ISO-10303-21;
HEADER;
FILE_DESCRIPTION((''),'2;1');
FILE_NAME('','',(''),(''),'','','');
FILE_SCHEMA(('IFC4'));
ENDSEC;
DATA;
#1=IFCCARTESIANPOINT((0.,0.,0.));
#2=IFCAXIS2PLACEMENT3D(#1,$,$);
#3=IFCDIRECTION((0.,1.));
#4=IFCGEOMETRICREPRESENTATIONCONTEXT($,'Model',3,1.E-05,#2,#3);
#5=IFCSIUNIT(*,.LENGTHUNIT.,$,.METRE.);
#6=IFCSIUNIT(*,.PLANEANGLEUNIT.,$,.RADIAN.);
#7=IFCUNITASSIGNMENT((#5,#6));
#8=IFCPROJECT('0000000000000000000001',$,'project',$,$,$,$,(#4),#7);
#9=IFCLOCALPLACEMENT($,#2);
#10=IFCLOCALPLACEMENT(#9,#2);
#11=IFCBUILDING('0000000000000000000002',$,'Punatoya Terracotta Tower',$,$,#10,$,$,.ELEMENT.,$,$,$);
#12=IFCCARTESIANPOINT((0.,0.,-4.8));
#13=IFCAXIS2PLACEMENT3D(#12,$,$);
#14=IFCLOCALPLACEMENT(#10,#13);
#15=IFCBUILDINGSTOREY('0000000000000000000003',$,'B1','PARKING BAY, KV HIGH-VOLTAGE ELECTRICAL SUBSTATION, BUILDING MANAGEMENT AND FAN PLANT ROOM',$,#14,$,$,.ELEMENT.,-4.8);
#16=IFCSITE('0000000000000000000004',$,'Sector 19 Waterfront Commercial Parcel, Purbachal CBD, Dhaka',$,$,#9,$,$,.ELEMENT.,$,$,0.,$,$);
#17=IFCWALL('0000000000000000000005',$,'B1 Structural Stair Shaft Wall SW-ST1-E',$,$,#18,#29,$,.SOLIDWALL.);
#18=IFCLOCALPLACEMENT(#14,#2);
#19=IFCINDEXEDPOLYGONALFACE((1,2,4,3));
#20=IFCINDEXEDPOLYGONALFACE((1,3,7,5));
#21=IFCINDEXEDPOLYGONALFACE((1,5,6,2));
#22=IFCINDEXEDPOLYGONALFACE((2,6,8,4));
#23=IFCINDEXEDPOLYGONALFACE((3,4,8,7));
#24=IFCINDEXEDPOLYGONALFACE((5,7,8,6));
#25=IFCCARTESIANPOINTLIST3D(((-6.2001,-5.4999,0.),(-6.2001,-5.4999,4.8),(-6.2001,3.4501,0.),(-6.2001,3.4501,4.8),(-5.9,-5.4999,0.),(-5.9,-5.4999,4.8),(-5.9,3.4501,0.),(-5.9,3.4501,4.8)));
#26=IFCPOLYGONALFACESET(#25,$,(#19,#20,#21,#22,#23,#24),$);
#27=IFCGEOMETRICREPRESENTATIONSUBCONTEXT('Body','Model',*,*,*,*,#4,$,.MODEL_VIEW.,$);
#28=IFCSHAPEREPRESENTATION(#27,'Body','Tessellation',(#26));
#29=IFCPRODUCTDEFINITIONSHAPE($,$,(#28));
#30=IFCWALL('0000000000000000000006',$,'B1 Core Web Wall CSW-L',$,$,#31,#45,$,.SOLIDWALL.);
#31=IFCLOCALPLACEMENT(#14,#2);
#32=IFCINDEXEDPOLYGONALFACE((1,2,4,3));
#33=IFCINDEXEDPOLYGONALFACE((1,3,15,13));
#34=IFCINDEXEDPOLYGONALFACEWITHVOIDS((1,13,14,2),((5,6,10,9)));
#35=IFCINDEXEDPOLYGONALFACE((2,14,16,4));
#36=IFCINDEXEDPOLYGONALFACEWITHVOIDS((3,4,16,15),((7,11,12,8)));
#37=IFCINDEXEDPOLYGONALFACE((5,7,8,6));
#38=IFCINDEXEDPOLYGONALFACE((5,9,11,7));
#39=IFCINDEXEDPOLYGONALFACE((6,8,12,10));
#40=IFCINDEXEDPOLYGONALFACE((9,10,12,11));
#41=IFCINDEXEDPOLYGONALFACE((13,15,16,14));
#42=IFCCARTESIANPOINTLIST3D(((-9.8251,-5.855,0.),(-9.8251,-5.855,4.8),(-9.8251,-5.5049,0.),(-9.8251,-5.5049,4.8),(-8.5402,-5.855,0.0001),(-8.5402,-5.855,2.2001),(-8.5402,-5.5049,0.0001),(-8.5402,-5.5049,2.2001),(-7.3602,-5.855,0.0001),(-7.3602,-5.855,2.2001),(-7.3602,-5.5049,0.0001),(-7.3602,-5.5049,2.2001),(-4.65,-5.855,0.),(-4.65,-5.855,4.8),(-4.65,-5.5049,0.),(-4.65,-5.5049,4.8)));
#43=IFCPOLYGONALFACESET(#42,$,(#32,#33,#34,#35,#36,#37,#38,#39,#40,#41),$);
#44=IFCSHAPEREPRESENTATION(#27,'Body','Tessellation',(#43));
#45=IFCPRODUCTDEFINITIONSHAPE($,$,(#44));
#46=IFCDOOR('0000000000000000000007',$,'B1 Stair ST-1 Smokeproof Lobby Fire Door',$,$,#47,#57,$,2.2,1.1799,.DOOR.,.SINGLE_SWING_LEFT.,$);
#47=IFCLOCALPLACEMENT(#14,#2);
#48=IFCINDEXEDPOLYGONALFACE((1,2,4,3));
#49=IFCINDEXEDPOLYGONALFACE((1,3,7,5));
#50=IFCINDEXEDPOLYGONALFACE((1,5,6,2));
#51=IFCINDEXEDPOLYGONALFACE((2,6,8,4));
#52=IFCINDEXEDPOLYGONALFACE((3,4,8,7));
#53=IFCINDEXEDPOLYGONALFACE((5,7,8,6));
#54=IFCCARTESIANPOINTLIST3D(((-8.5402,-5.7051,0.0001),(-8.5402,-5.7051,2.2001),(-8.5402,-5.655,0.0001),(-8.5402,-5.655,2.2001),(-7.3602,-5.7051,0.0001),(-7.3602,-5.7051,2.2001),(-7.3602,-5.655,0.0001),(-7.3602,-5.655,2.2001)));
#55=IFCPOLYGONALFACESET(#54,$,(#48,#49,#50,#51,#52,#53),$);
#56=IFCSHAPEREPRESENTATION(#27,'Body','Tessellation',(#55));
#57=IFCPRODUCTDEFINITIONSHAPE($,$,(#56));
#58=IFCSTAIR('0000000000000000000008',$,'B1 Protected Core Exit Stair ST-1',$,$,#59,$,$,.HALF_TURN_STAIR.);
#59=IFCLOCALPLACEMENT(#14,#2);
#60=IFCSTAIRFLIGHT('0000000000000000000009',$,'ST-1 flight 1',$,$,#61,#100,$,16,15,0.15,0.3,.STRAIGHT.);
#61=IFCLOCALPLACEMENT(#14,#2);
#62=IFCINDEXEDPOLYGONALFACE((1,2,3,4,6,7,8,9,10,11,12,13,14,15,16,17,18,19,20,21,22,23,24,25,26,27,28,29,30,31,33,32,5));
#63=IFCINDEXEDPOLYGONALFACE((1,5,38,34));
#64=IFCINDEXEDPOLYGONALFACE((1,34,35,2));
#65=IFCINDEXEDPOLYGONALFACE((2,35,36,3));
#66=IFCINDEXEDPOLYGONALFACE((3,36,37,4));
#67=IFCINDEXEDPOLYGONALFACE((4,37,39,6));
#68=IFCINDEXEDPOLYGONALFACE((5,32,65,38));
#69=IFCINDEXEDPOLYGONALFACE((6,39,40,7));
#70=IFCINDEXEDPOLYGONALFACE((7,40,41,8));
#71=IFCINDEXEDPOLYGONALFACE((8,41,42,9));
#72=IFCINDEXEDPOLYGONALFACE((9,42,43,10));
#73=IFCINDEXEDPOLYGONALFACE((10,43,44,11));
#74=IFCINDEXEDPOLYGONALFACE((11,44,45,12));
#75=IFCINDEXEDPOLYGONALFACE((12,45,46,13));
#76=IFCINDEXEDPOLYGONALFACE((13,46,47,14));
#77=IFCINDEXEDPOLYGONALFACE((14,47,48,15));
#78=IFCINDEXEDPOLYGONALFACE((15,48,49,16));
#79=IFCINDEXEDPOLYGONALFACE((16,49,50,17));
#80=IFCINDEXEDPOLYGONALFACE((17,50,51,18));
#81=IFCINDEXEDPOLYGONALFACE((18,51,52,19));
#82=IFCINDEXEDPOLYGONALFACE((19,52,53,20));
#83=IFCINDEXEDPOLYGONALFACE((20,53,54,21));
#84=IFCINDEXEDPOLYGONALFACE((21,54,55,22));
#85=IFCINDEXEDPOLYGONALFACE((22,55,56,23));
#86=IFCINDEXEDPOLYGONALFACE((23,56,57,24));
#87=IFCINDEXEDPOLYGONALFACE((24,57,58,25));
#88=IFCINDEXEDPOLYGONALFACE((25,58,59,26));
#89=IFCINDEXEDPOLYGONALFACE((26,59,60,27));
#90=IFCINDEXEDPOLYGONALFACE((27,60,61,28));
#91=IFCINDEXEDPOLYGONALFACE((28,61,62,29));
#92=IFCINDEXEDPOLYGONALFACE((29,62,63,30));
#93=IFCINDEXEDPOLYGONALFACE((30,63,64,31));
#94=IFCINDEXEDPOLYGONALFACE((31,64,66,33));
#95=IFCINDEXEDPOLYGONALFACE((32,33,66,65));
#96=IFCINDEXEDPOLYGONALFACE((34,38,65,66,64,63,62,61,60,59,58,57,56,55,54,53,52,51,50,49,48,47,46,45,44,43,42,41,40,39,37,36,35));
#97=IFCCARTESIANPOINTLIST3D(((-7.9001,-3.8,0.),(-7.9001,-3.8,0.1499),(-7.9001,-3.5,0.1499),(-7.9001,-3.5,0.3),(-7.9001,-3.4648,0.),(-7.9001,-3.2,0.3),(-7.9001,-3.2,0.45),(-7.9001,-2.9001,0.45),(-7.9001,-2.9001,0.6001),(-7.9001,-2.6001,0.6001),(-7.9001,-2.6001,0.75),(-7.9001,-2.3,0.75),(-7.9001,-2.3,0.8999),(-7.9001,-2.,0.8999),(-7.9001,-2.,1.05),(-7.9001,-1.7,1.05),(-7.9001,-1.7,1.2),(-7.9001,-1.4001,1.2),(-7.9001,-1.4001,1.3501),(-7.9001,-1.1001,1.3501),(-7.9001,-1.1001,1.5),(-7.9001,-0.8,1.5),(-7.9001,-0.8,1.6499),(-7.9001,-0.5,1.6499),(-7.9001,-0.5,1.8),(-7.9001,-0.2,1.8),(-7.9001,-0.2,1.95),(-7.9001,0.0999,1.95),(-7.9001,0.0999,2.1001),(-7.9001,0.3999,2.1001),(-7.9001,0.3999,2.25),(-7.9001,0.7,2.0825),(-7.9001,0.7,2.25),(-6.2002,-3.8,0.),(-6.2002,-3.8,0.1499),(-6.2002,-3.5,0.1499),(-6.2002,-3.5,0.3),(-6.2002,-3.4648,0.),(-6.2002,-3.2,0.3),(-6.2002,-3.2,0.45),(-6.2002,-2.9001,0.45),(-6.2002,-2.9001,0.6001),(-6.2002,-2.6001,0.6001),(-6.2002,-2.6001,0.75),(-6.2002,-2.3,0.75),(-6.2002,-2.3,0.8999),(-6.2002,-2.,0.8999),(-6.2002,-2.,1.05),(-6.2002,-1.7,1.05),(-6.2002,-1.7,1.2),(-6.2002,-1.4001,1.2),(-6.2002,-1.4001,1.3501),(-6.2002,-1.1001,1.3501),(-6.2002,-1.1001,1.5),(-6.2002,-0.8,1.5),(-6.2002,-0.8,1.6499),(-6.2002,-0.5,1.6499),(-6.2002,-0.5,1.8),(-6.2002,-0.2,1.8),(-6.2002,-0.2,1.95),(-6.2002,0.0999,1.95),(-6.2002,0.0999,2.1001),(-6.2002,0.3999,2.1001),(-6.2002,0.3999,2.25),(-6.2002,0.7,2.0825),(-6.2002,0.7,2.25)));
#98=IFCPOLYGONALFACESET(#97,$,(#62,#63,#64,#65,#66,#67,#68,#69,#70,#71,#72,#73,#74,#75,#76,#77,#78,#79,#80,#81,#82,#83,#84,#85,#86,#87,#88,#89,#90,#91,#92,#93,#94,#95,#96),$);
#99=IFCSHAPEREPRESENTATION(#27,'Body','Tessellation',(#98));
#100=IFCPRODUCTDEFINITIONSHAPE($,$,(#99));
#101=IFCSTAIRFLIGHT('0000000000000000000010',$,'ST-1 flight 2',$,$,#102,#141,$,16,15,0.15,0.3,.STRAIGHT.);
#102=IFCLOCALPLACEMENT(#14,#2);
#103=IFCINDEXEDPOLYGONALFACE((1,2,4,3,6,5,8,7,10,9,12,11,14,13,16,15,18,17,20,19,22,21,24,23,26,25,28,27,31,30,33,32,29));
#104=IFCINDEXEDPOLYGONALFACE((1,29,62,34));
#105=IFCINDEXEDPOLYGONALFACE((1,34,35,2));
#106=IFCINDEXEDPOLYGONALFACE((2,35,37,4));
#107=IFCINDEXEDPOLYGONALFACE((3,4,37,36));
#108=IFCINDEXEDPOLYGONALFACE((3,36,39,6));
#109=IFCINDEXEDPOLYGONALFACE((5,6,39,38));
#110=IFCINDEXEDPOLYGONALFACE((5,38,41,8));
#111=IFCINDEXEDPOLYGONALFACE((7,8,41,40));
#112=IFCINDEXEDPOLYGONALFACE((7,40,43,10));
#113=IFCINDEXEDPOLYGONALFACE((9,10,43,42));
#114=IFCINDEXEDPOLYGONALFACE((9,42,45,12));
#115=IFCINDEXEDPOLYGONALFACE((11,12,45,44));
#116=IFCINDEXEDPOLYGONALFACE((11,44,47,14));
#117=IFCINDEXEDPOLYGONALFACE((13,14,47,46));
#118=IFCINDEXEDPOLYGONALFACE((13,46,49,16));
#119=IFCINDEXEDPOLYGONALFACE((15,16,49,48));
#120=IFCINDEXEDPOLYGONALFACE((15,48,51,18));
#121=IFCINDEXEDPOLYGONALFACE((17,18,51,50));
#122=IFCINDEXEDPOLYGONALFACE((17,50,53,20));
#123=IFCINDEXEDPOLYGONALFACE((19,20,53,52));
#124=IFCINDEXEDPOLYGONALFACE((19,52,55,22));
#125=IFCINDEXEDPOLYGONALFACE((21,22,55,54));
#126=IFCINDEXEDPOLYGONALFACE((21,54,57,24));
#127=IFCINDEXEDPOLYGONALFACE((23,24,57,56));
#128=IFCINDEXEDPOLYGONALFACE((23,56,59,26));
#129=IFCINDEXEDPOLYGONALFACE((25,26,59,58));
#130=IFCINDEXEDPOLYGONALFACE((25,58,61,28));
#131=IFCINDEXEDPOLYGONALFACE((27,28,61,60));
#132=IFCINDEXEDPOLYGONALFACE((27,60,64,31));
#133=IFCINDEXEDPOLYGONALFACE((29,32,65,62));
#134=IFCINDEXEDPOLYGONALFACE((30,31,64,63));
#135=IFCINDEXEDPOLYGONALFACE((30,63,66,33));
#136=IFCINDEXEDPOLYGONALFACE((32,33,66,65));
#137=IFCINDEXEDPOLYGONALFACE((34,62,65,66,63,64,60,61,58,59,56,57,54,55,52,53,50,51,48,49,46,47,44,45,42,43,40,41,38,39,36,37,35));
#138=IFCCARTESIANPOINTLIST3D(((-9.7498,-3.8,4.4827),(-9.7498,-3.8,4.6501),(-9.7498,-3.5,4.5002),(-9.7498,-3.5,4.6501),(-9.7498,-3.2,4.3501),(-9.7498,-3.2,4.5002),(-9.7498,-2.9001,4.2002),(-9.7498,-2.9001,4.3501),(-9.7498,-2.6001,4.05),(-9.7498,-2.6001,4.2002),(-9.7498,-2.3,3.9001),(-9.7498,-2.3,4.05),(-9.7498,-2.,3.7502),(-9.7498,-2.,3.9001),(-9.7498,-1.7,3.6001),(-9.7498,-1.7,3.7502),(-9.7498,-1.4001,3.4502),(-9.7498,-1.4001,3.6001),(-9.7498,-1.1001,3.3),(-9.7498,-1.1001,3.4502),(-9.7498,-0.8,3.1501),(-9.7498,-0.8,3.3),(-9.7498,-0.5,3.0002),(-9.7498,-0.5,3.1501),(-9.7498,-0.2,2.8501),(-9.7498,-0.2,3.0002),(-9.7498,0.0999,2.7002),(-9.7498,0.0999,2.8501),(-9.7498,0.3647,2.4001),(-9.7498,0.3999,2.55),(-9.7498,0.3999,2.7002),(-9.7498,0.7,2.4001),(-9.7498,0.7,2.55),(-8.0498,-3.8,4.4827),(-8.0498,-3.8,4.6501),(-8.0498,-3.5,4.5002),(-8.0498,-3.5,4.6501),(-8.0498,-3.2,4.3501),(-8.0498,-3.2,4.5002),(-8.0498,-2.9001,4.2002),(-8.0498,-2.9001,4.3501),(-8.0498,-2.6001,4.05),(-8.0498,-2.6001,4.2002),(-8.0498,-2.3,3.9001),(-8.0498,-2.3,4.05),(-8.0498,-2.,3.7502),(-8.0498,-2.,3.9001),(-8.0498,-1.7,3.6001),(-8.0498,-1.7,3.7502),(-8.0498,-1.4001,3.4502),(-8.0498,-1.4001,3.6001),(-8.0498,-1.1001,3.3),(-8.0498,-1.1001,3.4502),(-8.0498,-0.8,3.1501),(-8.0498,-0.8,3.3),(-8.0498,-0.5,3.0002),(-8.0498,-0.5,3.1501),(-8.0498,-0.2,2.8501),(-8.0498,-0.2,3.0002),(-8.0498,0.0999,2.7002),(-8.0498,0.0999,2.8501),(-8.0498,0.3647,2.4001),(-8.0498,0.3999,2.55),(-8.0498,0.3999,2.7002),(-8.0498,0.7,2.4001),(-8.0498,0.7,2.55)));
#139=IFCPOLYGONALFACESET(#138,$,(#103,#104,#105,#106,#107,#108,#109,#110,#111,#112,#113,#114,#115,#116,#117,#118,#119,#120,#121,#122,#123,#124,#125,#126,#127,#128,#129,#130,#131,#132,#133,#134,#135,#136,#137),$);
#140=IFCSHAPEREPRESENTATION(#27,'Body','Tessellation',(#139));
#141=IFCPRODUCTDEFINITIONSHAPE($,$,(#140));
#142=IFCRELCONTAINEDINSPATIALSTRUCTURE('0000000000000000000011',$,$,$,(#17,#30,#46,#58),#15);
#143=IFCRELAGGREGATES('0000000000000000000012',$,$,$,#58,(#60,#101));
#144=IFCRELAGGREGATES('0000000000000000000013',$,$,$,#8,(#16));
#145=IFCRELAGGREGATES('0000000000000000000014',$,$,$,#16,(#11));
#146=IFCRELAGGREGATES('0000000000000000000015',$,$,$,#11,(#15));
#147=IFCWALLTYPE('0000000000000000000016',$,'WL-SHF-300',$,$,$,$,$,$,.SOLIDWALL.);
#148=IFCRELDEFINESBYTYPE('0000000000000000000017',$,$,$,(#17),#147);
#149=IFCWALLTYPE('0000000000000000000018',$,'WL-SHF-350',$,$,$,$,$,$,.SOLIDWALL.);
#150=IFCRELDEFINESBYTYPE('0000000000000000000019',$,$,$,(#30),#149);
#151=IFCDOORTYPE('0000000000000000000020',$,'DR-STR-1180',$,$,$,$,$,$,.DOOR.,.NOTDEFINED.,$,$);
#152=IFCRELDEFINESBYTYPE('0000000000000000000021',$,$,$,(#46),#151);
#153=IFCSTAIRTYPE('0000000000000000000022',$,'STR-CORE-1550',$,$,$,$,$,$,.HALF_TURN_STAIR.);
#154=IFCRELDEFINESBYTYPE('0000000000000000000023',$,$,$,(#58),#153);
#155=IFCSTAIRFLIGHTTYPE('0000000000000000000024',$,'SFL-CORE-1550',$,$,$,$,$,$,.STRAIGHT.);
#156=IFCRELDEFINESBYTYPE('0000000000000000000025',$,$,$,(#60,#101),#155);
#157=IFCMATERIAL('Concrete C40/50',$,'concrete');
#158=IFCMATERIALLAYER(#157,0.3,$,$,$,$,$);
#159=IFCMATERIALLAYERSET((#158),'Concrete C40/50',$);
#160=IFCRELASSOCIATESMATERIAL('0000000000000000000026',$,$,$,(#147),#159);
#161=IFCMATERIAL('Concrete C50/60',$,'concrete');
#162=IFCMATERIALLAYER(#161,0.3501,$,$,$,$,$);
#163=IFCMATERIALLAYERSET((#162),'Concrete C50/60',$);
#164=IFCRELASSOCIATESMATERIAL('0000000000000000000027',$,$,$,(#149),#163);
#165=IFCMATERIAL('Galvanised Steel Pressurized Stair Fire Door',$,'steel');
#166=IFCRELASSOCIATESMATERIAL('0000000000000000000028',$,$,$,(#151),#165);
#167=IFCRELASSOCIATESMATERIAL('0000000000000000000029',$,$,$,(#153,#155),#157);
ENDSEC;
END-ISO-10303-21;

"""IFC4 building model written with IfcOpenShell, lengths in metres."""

from ifc_helpers import new_model, si_unit, direction, frame, frame_2d, origin, place, context, subcontext, project, spatial, polyline, rectangle, outline, extrude, material, layer, layer_set, type_object, element, fill, aggregate, save


model = new_model("IFC4")

# Units and contexts
model_context = context("Model", 3, precision=1e-05, world=origin(), true_north=direction((0.0, 1.0)))
body_context = subcontext(model_context, "Body", "Model", "MODEL_VIEW")
ifc_project = project(units=[si_unit("LENGTHUNIT", "METRE"), si_unit("PLANEANGLEUNIT", "RADIAN")], contexts=[model_context])

# Site, building, storey
site_placement = place(None, origin())
site = spatial("IfcSite", under=ifc_project, at=site_placement, Name="Sector 19 Waterfront Commercial Parcel, Purbachal CBD, Dhaka", CompositionType="ELEMENT", RefElevation=0.0)
building_placement = place(site_placement, origin())
building = spatial("IfcBuilding", under=site, at=building_placement, Name="Punatoya Terracotta Tower", CompositionType="ELEMENT")
storey_placement = place(building_placement, frame((0.0, 0.0, -4.8)))
storey = spatial("IfcBuildingStorey", under=building, at=storey_placement, Name="B1", Description="PARKING BAY, KV HIGH-VOLTAGE ELECTRICAL SUBSTATION, BUILDING MANAGEMENT AND FAN PLANT ROOM", CompositionType="ELEMENT", Elevation=-4.8)

# Shared definitions
ifc_material_1 = material(Name="Concrete C40/50", Category="concrete")

# Wall
ifc_layer_1 = layer(ifc_material_1, 0.3)
ifc_layer_set_1 = layer_set([ifc_layer_1], Name="Concrete C40/50")
wall_type_1 = type_object("IfcWallType", Name="WL-SHF-300", PredefinedType="SOLIDWALL", material=ifc_layer_set_1)
wall_1_placement = place(storey_placement, frame((-6.05, -5.5, 0.0), z_axis=(0.0, 0.0, 1.0), x_axis=(0.0, 1.0, 0.0)))
element("IfcWall", 1, at=wall_1_placement, inside=storey, type_object=wall_type_1, Name="B1 Structural Stair Shaft Wall SW-ST1-E", PredefinedType="SOLIDWALL", context=body_context, shape_type="SweptSolid", body=[
    extrude(rectangle(XDim=8.95, YDim=0.3, at=frame_2d((4.4751, 0.0))), origin(), (0.0, 0.0, 1.0), 4.8),
])

# Wall, opening, door
ifc_material_2 = material(Name="Concrete C50/60", Category="concrete")
ifc_layer_2 = layer(ifc_material_2, 0.3501)
ifc_layer_set_2 = layer_set([ifc_layer_2], Name="Concrete C50/60")
wall_type_2 = type_object("IfcWallType", Name="WL-SHF-350", PredefinedType="SOLIDWALL", material=ifc_layer_set_2)
wall_2_placement = place(storey_placement, frame((-9.825, -5.6799, 0.0), z_axis=(0.0, 0.0, 1.0), x_axis=(1.0, 0.0, 0.0)))
wall_2 = element("IfcWall", 2, at=wall_2_placement, inside=storey, type_object=wall_type_2, Name="B1 Core Web Wall CSW-L", PredefinedType="SOLIDWALL", context=body_context, shape_type="SweptSolid", body=[
    extrude(rectangle(XDim=5.175, YDim=0.3501, at=frame_2d((2.5874, 0.0))), origin(), (0.0, 0.0, 1.0), 4.8),
])
opening_1_placement = place(wall_2_placement, frame((1.2849, 0.0, 0.0)))
opening_1 = element("IfcOpeningElement", 3, at=opening_1_placement, cuts=wall_2, PredefinedType="OPENING", context=body_context, shape_type="SweptSolid", body=[
    extrude(rectangle(XDim=1.1799, YDim=2.2, at=frame_2d((0.5898, 1.1001))), frame((0.0, 0.1851, 0.0), z_axis=(0.0, -1.0, 0.0), x_axis=(1.0, 0.0, 0.0)), (0.0, 0.0, 1.0), 0.3701),
])
ifc_material_3 = material(Name="Galvanised Steel Pressurized Stair Fire Door", Category="steel")
door_type_1 = type_object("IfcDoorType", Name="DR-STR-1180", OperationType="NOTDEFINED", PredefinedType="DOOR", material=ifc_material_3)
door_1_placement = place(opening_1_placement, origin())
door_1 = element("IfcDoor", 4, at=door_1_placement, inside=storey, type_object=door_type_1, Name="B1 Stair ST-1 Smokeproof Lobby Fire Door", OperationType="SINGLE_SWING_LEFT", OverallHeight=2.2, OverallWidth=1.1799, PredefinedType="DOOR", context=body_context, shape_type="SweptSolid", body=[
    extrude(rectangle(XDim=1.1799, YDim=2.2, at=frame_2d((0.5898, 1.1001))), frame((0.0, 0.0249, 0.0), z_axis=(0.0, -1.0, 0.0), x_axis=(1.0, 0.0, 0.0)), (0.0, 0.0, 1.0), 0.05),
])
fill(opening_1, door_1)

# Stair, stair flights
stair_type = type_object("IfcStairType", Name="STR-CORE-1550", PredefinedType="HALF_TURN_STAIR", material=ifc_material_1)
stair_placement = place(storey_placement, origin())
stair = element("IfcStair", 5, at=stair_placement, inside=storey, type_object=stair_type, Name="B1 Protected Core Exit Stair ST-1", PredefinedType="HALF_TURN_STAIR")
stair_flight_type = type_object("IfcStairFlightType", Name="SFL-CORE-1550", PredefinedType="STRAIGHT", material=ifc_material_1)
stair_flight_1_placement = place(storey_placement, frame((-7.05, -3.8, 0.0), z_axis=(0.0, 0.0, 1.0), x_axis=(0.0, 1.0, 0.0)))
stair_flight_1 = element("IfcStairFlight", 6, at=stair_flight_1_placement, type_object=stair_flight_type, Name="ST-1 flight 1", NumberOfRisers=16, NumberOfTreads=15, PredefinedType="STRAIGHT", RiserHeight=0.15, TreadLength=0.3, context=body_context, shape_type="SweptSolid", body=[
    extrude(outline(polyline([(0.0, 0.0), (0.0, 0.1499), (0.3, 0.1499), (0.3, 0.3), (0.6001, 0.3), (0.6001, 0.45), (0.8999, 0.45), (0.8999, 0.6001), (1.2, 0.6001), (1.2, 0.75), (1.5, 0.75), (1.5, 0.8999), (1.8, 0.8999), (1.8, 1.05), (2.1001, 1.05), (2.1001, 1.2), (2.3999, 1.2), (2.3999, 1.3501), (2.7, 1.3501), (2.7, 1.5), (3.0, 1.5), (3.0, 1.6499), (3.3, 1.6499), (3.3, 1.8), (3.6001, 1.8), (3.6001, 1.95), (3.8999, 1.95), (3.8999, 2.1001), (4.2, 2.1001), (4.2, 2.25), (4.5, 2.25), (4.5, 2.3999), (4.5, 2.0825), (0.3352, 0.0), (0.0, 0.0)])), frame((0.0, 0.8501, 0.0), z_axis=(0.0, -1.0, 0.0), x_axis=(1.0, 0.0, 0.0)), (0.0, 0.0, 1.0), 1.7),
])
stair_flight_2_placement = place(storey_placement, frame((-8.8999, 0.7, 2.4001), z_axis=(0.0, 0.0, 1.0), x_axis=(0.0, -1.0, 0.0)))
stair_flight_2 = element("IfcStairFlight", 7, at=stair_flight_2_placement, type_object=stair_flight_type, Name="ST-1 flight 2", NumberOfRisers=16, NumberOfTreads=15, PredefinedType="STRAIGHT", RiserHeight=0.15, TreadLength=0.3, context=body_context, shape_type="SweptSolid", body=[
    extrude(outline(polyline([(0.0, 0.0), (0.0, 0.1499), (0.3, 0.1499), (0.3, 0.3), (0.6001, 0.3), (0.6001, 0.45), (0.8999, 0.45), (0.8999, 0.6001), (1.2, 0.6001), (1.2, 0.75), (1.5, 0.75), (1.5, 0.8999), (1.8, 0.8999), (1.8, 1.05), (2.1001, 1.05), (2.1001, 1.2), (2.3999, 1.2), (2.3999, 1.3501), (2.7, 1.3501), (2.7, 1.5), (3.0, 1.5), (3.0, 1.6499), (3.3, 1.6499), (3.3, 1.8), (3.6001, 1.8), (3.6001, 1.95), (3.8999, 1.95), (3.8999, 2.1001), (4.2, 2.1001), (4.2, 2.25), (4.5, 2.25), (4.5, 2.3999), (4.5, 2.0825), (0.3352, 0.0), (0.0, 0.0)])), frame((0.0, 0.8501, 0.0), z_axis=(0.0, -1.0, 0.0), x_axis=(1.0, 0.0, 0.0)), (0.0, 0.0, 1.0), 1.7),
])
aggregate(stair, [stair_flight_1, stair_flight_2])

save(model, "model.ifc")
